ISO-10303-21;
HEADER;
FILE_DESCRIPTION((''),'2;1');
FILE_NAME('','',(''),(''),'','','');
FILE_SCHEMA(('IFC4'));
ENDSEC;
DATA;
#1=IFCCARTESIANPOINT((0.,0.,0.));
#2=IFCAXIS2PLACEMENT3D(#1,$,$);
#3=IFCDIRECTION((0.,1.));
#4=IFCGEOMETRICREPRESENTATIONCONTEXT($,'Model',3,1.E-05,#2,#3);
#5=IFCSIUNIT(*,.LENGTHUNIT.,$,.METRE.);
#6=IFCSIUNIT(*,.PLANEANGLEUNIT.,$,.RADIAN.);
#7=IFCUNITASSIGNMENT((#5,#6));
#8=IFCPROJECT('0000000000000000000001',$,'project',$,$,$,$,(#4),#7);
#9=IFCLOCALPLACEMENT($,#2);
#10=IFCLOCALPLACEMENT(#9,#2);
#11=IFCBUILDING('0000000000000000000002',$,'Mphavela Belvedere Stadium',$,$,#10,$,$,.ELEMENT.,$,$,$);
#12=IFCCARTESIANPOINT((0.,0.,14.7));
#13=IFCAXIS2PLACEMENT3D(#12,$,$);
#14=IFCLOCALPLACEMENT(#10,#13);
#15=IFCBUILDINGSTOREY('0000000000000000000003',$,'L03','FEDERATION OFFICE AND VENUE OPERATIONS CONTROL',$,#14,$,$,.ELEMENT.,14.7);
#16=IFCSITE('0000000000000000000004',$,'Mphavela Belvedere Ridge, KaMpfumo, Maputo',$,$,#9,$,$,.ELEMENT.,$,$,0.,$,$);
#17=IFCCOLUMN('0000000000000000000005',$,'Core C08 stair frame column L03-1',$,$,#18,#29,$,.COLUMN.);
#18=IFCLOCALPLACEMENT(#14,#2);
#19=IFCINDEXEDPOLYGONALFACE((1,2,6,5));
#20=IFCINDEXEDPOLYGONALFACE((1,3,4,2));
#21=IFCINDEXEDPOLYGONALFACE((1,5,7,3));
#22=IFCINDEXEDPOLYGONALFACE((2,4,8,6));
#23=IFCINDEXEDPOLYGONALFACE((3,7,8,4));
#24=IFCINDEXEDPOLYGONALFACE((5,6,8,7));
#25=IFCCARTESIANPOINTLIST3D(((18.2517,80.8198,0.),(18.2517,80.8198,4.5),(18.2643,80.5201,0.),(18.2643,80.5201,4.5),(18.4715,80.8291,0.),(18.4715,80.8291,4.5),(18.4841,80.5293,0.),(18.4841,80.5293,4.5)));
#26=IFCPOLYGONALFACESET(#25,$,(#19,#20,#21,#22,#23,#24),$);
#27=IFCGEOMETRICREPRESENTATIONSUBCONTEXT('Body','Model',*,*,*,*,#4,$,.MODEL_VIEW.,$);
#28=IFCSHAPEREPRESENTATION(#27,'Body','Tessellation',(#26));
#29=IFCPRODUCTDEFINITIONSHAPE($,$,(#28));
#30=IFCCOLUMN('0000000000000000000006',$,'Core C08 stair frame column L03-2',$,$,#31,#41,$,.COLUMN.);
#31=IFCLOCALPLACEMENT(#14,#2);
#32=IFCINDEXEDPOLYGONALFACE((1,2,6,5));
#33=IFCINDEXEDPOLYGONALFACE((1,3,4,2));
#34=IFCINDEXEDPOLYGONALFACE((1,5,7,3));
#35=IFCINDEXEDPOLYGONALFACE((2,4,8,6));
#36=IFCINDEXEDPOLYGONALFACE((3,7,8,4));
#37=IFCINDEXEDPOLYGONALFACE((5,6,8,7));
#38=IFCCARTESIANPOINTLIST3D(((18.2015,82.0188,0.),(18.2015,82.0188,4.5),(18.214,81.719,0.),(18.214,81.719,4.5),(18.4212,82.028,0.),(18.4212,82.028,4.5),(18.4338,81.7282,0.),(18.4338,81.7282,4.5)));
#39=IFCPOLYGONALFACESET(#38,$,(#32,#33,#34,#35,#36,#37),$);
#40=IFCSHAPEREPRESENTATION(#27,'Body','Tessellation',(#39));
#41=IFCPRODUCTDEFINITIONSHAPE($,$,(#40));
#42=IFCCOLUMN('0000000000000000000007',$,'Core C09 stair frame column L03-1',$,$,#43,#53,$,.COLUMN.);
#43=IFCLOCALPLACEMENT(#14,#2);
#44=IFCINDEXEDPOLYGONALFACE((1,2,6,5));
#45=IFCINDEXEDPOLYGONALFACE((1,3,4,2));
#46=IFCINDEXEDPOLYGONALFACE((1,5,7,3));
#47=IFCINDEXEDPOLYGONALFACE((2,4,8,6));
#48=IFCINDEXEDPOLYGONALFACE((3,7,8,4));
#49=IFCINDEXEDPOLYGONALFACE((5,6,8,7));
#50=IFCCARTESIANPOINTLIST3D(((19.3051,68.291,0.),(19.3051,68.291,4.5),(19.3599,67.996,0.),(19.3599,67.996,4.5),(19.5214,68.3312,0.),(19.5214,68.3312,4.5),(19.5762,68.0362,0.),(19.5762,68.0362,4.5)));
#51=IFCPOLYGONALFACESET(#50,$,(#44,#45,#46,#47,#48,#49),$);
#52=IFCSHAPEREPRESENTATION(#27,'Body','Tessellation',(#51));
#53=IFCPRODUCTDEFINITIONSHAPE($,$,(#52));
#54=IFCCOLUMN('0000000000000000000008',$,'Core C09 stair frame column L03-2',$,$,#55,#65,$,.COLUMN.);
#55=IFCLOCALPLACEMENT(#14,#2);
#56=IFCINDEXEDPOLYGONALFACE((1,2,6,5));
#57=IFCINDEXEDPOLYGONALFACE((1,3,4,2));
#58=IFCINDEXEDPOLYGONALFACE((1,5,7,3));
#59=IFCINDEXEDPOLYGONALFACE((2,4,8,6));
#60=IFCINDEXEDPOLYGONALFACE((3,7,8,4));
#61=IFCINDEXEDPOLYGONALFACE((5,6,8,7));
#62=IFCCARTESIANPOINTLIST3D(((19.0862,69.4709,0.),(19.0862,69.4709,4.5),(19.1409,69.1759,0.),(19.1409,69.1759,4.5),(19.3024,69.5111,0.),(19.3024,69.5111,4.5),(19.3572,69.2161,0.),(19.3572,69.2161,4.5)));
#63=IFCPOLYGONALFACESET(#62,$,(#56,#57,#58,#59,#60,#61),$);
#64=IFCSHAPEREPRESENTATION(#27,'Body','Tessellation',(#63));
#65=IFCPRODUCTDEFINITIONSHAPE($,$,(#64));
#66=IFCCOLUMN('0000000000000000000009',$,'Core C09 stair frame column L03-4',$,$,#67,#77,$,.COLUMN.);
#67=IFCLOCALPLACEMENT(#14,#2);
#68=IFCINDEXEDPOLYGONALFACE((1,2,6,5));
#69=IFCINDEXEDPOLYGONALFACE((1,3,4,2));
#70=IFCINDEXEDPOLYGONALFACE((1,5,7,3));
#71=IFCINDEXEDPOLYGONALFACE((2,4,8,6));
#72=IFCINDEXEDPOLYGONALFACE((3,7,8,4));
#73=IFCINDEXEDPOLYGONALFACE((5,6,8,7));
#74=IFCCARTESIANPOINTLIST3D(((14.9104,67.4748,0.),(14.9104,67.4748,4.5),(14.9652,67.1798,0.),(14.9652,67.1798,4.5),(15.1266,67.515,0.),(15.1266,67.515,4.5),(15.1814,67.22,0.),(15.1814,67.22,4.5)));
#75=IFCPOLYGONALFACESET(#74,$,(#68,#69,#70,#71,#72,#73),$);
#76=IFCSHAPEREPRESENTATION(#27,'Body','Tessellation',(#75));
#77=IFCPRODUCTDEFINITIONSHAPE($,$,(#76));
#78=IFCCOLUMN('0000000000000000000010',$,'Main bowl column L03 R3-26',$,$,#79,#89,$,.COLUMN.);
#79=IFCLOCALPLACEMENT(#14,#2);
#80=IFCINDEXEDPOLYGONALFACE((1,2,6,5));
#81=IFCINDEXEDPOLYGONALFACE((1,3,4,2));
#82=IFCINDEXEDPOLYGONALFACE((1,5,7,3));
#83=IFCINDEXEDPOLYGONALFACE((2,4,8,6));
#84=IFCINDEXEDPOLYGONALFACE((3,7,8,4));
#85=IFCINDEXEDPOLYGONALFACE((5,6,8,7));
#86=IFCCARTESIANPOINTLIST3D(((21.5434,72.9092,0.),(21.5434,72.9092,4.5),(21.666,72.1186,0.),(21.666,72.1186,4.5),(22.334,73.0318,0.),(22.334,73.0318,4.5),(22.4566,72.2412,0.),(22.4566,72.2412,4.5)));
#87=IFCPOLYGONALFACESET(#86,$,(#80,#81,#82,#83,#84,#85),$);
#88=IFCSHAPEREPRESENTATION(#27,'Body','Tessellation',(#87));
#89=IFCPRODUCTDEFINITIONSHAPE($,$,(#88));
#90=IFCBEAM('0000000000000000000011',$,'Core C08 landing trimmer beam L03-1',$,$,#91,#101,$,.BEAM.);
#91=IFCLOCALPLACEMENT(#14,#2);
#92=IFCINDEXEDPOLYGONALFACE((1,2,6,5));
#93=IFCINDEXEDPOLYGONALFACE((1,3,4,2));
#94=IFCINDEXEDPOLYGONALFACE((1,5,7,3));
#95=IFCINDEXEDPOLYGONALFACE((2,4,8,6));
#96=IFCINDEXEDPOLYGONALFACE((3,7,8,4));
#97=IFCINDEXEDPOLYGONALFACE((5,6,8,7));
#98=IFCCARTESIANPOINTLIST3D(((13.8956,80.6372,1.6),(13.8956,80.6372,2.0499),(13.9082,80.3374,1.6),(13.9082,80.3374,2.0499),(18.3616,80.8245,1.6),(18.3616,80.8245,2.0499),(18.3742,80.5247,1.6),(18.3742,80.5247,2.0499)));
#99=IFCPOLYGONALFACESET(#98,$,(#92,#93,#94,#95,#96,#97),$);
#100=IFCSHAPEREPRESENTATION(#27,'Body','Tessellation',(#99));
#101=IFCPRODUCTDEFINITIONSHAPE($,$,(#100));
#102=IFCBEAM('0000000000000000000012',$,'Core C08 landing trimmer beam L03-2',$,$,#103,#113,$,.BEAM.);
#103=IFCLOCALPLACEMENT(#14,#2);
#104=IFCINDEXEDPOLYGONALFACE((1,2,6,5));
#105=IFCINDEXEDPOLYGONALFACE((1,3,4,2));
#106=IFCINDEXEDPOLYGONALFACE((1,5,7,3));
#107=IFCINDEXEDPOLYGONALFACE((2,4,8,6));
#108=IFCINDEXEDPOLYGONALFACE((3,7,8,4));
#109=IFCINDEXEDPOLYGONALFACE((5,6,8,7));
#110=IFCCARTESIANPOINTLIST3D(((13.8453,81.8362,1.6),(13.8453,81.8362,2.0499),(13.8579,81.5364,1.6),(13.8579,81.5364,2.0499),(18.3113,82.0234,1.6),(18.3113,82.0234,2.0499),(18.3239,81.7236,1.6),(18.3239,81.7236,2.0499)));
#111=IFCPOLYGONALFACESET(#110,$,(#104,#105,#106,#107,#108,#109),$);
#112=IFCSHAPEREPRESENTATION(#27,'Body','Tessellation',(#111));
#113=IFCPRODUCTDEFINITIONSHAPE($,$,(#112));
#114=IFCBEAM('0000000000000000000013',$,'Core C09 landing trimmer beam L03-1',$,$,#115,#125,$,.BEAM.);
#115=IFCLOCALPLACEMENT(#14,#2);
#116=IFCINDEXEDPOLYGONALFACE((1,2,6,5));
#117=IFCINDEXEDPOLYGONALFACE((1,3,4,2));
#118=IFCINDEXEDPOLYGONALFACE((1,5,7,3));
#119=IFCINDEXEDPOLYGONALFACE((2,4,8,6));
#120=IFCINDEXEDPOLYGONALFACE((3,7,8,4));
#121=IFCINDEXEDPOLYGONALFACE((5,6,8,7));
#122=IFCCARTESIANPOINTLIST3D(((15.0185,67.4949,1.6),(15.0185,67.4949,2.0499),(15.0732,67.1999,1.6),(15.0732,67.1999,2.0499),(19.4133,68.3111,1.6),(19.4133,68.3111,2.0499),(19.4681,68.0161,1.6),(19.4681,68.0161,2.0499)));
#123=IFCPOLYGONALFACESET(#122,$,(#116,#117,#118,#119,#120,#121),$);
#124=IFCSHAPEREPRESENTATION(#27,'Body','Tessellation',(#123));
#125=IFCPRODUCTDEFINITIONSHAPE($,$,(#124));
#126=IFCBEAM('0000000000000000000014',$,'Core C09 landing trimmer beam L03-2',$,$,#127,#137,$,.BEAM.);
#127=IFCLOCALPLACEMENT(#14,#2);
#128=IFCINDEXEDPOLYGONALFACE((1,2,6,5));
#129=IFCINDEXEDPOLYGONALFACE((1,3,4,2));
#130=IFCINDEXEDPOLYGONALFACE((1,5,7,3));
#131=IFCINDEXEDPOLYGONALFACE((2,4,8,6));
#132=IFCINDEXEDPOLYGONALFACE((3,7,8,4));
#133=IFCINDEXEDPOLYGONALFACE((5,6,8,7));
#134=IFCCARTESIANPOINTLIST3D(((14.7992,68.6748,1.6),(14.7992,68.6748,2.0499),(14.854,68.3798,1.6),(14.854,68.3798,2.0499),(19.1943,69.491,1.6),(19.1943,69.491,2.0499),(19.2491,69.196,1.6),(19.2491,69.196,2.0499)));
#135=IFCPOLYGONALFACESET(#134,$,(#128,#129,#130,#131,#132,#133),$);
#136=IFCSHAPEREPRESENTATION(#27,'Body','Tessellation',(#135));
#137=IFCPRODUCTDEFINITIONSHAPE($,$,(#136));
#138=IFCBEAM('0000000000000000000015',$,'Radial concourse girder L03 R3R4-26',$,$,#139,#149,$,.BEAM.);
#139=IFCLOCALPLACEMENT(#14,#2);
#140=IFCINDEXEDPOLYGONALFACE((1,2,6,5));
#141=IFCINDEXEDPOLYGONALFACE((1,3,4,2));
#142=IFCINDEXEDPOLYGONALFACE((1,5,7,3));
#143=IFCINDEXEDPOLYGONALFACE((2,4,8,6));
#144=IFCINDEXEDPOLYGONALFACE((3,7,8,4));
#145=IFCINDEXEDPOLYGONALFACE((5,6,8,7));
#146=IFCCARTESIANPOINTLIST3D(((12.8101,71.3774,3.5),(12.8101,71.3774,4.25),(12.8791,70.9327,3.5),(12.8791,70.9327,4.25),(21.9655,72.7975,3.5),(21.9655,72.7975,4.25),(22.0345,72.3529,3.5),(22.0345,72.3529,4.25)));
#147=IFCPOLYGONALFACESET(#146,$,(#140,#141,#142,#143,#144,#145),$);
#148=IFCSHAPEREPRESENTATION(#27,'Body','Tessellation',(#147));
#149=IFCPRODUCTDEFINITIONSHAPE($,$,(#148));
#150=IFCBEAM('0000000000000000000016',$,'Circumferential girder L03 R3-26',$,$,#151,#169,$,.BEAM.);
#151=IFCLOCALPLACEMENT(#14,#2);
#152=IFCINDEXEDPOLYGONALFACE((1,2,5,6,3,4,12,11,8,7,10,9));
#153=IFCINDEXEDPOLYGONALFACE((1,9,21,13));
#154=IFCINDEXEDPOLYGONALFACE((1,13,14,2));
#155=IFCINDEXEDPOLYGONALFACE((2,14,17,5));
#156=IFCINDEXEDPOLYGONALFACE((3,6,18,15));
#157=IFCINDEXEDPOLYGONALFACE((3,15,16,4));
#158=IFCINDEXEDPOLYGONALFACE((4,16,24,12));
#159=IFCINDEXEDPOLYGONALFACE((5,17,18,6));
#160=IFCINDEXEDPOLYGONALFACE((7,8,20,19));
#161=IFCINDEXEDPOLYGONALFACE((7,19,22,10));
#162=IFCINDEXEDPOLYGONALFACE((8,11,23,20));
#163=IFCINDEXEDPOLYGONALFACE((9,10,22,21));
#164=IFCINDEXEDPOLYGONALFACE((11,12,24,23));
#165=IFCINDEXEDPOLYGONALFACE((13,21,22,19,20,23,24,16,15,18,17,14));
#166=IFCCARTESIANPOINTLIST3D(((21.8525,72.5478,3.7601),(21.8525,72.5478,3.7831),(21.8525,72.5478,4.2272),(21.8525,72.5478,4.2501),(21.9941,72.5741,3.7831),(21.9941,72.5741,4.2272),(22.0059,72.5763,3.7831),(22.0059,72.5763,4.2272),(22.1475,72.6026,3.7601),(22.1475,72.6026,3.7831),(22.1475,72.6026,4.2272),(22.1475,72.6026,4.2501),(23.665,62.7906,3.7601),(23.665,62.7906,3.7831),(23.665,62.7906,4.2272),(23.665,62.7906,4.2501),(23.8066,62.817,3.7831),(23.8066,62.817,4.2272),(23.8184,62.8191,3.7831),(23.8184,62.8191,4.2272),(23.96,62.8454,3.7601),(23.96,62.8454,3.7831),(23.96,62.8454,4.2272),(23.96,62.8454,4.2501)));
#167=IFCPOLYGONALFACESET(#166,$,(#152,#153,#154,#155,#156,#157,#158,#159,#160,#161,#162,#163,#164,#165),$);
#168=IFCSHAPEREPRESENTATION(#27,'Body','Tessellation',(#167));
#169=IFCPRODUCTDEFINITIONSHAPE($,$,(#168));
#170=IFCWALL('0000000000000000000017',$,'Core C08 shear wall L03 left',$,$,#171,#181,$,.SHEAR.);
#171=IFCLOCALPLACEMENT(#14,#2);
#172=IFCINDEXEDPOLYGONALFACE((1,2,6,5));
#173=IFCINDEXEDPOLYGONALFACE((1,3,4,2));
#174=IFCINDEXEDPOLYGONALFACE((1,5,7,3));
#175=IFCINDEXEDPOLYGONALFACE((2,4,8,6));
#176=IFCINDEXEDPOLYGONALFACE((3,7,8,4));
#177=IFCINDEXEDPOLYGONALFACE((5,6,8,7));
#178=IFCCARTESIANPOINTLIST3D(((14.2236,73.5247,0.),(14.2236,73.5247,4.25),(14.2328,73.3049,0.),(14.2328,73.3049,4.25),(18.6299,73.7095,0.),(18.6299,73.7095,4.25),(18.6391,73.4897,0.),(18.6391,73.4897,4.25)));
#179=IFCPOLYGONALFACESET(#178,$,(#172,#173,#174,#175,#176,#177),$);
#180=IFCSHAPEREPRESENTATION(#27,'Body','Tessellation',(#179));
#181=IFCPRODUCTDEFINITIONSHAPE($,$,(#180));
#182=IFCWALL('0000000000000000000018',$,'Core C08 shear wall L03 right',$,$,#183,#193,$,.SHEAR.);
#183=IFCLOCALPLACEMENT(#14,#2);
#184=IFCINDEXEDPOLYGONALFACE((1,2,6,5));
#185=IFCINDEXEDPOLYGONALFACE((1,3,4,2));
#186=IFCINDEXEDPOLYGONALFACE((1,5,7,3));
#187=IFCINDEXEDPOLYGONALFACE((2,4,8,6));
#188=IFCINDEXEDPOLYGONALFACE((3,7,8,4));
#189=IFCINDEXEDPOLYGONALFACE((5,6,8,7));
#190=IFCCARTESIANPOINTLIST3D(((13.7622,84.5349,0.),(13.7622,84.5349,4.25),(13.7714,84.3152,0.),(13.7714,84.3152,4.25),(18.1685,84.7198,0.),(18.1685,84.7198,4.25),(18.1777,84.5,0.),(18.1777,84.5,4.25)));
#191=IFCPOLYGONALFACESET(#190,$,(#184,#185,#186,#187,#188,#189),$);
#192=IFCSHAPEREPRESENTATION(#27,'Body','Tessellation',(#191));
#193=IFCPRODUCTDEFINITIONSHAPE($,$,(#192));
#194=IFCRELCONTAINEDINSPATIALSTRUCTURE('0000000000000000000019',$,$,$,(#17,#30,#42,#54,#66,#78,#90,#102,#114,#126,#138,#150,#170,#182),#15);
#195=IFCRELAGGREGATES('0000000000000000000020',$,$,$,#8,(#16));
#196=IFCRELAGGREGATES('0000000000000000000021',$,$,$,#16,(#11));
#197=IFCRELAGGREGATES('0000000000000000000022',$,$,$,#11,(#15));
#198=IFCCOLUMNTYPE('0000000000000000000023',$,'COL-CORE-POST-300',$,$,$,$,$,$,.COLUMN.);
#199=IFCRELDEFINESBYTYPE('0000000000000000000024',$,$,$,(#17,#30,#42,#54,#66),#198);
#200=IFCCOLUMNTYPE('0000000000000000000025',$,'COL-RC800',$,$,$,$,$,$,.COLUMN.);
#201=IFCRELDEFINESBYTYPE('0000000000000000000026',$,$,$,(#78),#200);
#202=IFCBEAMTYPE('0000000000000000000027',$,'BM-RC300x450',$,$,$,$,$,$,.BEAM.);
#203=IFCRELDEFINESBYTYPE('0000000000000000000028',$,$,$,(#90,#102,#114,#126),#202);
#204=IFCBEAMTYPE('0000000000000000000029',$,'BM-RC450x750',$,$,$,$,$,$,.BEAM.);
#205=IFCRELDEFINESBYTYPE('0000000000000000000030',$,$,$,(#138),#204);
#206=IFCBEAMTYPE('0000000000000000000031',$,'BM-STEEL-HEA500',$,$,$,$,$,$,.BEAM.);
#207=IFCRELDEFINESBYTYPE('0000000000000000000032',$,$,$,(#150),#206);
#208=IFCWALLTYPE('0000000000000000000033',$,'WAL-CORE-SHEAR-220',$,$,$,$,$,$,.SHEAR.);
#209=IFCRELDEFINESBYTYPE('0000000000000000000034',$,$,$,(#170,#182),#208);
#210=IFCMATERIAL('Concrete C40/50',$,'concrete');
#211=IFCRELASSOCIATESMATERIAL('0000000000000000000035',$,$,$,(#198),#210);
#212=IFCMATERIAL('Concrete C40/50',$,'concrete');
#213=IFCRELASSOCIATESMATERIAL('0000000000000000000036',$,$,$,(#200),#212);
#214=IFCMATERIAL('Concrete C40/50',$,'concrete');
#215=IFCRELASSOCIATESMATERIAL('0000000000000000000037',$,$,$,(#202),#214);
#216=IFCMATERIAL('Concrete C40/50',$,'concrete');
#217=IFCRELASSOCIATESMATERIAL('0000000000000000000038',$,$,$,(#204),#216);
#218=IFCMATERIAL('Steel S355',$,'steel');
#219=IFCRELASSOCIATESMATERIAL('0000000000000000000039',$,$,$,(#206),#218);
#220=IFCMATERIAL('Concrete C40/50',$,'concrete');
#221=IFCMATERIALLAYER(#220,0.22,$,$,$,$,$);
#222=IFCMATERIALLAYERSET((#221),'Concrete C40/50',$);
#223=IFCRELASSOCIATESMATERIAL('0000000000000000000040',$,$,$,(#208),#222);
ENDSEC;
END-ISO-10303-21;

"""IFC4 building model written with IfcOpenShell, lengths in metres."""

from ifc_helpers import new_model, si_unit, direction, frame, frame_2d, origin, origin_2d, place, context, subcontext, project, spatial, rectangle, i_section, extrude, material, layer, layer_set, material_profile, profile_set, type_object, element, save


model = new_model("IFC4")

# Units and contexts
model_context = context("Model", 3, precision=1e-05, world=origin(), true_north=direction((0.0, 1.0)))
body_context = subcontext(model_context, "Body", "Model", "MODEL_VIEW")
ifc_project = project(units=[si_unit("LENGTHUNIT", "METRE"), si_unit("PLANEANGLEUNIT", "RADIAN")], contexts=[model_context])

# Site, building, storey
site_placement = place(None, origin())
site = spatial("IfcSite", under=ifc_project, at=site_placement, Name="Mphavela Belvedere Ridge, KaMpfumo, Maputo", CompositionType="ELEMENT", RefElevation=0.0)
building_placement = place(site_placement, origin())
building = spatial("IfcBuilding", under=site, at=building_placement, Name="Mphavela Belvedere Stadium", CompositionType="ELEMENT")
storey_placement = place(building_placement, frame((0.0, 0.0, 14.7)))
storey = spatial("IfcBuildingStorey", under=building, at=storey_placement, Name="L03", Description="FEDERATION OFFICE AND VENUE OPERATIONS CONTROL", CompositionType="ELEMENT", Elevation=14.7)

# Columns
ifc_material_1 = material(Name="Concrete C40/50", Category="concrete")
ifc_material_profile_1 = material_profile(ifc_material_1, rectangle(XDim=0.3, YDim=0.22, at=origin_2d()), Name="RC 300x220")
ifc_profile_set_1 = profile_set([ifc_material_profile_1], Name="Concrete C40/50")
column_type_1 = type_object("IfcColumnType", Name="COL-CORE-POST-300", PredefinedType="COLUMN", material=ifc_profile_set_1)
for number, where, z_axis, x_axis, name in (
    (1, (18.3679, 80.6746, 0.0), (0.0, 0.0, 1.0), (-0.041876, 0.999123, 0.0), "Core C08 stair frame column L03-1"),
    (2, (18.3176, 81.8735, 0.0), (0.0, 0.0, 1.0), (-0.041876, 0.999123, 0.0), "Core C08 stair frame column L03-2"),
    (3, (19.4407, 68.1636, 0.0), (0.0, 0.0, 1.0), (-0.182579, 0.983191, 0.0), "Core C09 stair frame column L03-1"),
    (4, (19.2217, 69.3435, 0.0), (0.0, 0.0, 1.0), (-0.182579, 0.983191, 0.0), "Core C09 stair frame column L03-2"),
    (5, (15.0459, 67.3474, 0.0), (0.0, 0.0, 1.0), (-0.182579, 0.983191, 0.0), "Core C09 stair frame column L03-4"),
):
    element("IfcColumn", number, at=place(storey_placement, frame(where, z_axis=z_axis, x_axis=x_axis)), inside=storey, type_object=column_type_1, Name=name, PredefinedType="COLUMN", context=body_context, shape_type="SweptSolid", body=[
        extrude(rectangle(XDim=0.3, YDim=0.22, at=origin_2d()), origin(), (0.0, 0.0, 1.0), 4.5),
    ])
ifc_material_2 = material(Name="Concrete C40/50", Category="concrete")
ifc_material_profile_2 = material_profile(ifc_material_2, rectangle(XDim=0.8, YDim=0.8, at=origin_2d()), Name="RC 800x800")
ifc_profile_set_2 = profile_set([ifc_material_profile_2], Name="Concrete C40/50")
column_type_2 = type_object("IfcColumnType", Name="COL-RC800", PredefinedType="COLUMN", material=ifc_profile_set_2)
column_placement = place(storey_placement, frame((22.0, 72.5752, 0.0), z_axis=(0.0, 0.0, 1.0), x_axis=(-0.988175, -0.153331, 0.0)))
element("IfcColumn", 6, at=column_placement, inside=storey, type_object=column_type_2, Name="Main bowl column L03 R3-26", PredefinedType="COLUMN", context=body_context, shape_type="SweptSolid", body=[
    extrude(rectangle(XDim=0.8, YDim=0.8, at=origin_2d()), origin(), (0.0, 0.0, 1.0), 4.5),
])

# Beams
ifc_material_3 = material(Name="Concrete C40/50", Category="concrete")
ifc_material_profile_3 = material_profile(ifc_material_3, rectangle(XDim=0.3, YDim=0.45, at=origin_2d()), Name="RC 300x450")
ifc_profile_set_3 = profile_set([ifc_material_profile_3], Name="Concrete C40/50")
beam_type_1 = type_object("IfcBeamType", Name="BM-RC300x450", PredefinedType="BEAM", material=ifc_profile_set_3)
for number, where, z_axis, x_axis, name in (
    (7, (18.3679, 80.6746, 1.825), (-0.999122, -0.041892, 0.0), (0.041892, -0.999122, 0.0), "Core C08 landing trimmer beam L03-1"),
    (8, (18.3176, 81.8735, 1.825), (-0.999122, -0.041892, 0.0), (0.041892, -0.999122, 0.0), "Core C08 landing trimmer beam L03-2"),
    (9, (19.4407, 68.1636, 1.825), (-0.983189, -0.18259, 0.0), (0.18259, -0.983189, 0.0), "Core C09 landing trimmer beam L03-1"),
):
    element("IfcBeam", number, at=place(storey_placement, frame(where, z_axis=z_axis, x_axis=x_axis)), inside=storey, type_object=beam_type_1, Name=name, PredefinedType="BEAM", context=body_context, shape_type="SweptSolid", body=[
        extrude(rectangle(XDim=0.3, YDim=0.45, at=origin_2d()), origin(), (0.0, 0.0, 1.0), 4.47),
    ])
beam_1_placement = place(storey_placement, frame((19.2217, 69.3435, 1.825), z_axis=(-0.983191, -0.18258, 0.0), x_axis=(0.18258, -0.983191, 0.0)))
element("IfcBeam", 10, at=beam_1_placement, inside=storey, type_object=beam_type_1, Name="Core C09 landing trimmer beam L03-2", PredefinedType="BEAM", context=body_context, shape_type="SweptSolid", body=[
    extrude(rectangle(XDim=0.3, YDim=0.45, at=origin_2d()), origin(), (0.0, 0.0, 1.0), 4.4702),
])
ifc_material_4 = material(Name="Concrete C40/50", Category="concrete")
ifc_material_profile_4 = material_profile(ifc_material_4, rectangle(XDim=0.45, YDim=0.75, at=origin_2d()), Name="RC 450x750")
ifc_profile_set_4 = profile_set([ifc_material_profile_4], Name="Concrete C40/50")
beam_type_2 = type_object("IfcBeamType", Name="BM-RC450x750", PredefinedType="BEAM", material=ifc_profile_set_4)
beam_2_placement = place(storey_placement, frame((22.0, 72.5752, 3.875), z_axis=(-0.988182, -0.153283, 0.0), x_axis=(0.153283, -0.988182, 0.0)))
element("IfcBeam", 11, at=beam_2_placement, inside=storey, type_object=beam_type_2, Name="Radial concourse girder L03 R3R4-26", PredefinedType="BEAM", context=body_context, shape_type="SweptSolid", body=[
    extrude(rectangle(XDim=0.45, YDim=0.75, at=origin_2d()), origin(), (0.0, 0.0, 1.0), 9.2649),
])
ifc_material_5 = material(Name="Steel S355", Category="steel")
ifc_material_profile_5 = material_profile(ifc_material_5, i_section(OverallWidth=0.3, OverallDepth=0.49, WebThickness=0.012, FlangeThickness=0.0229, at=origin_2d()), Name="HEA 500")
ifc_profile_set_5 = profile_set([ifc_material_profile_5], Name="Steel S355")
beam_type_3 = type_object("IfcBeamType", Name="BM-STEEL-HEA500", PredefinedType="BEAM", material=ifc_profile_set_5)
beam_3_placement = place(storey_placement, frame((22.0, 72.5752, 4.0051), z_axis=(0.182638, -0.98318, 0.0), x_axis=(0.98318, 0.182638, 0.0)))
element("IfcBeam", 12, at=beam_3_placement, inside=storey, type_object=beam_type_3, Name="Circumferential girder L03 R3-26", PredefinedType="BEAM", context=body_context, shape_type="SweptSolid", body=[
    extrude(i_section(OverallWidth=0.3, OverallDepth=0.49, WebThickness=0.012, FlangeThickness=0.0229, at=origin_2d()), origin(), (0.0, 0.0, 1.0), 9.9241),
])

# Walls
ifc_material_6 = material(Name="Concrete C40/50", Category="concrete")
ifc_layer_1 = layer(ifc_material_6, 0.22)
ifc_layer_set_1 = layer_set([ifc_layer_1], Name="Concrete C40/50")
wall_type_1 = type_object("IfcWallType", Name="WAL-CORE-SHEAR-220", PredefinedType="SHEAR", material=ifc_layer_set_1)
for number, where, z_axis, x_axis, name in (
    (13, (18.6345, 73.5996, 0.0), (0.0, 0.0, 1.0), (-0.999122, -0.041907, 0.0), "Core C08 shear wall L03 left"),
    (14, (18.1731, 84.6099, 0.0), (0.0, 0.0, 1.0), (-0.999122, -0.041907, 0.0), "Core C08 shear wall L03 right"),
):
    element("IfcWall", number, at=place(storey_placement, frame(where, z_axis=z_axis, x_axis=x_axis)), inside=storey, type_object=wall_type_1, Name=name, PredefinedType="SHEAR", context=body_context, shape_type="SweptSolid", body=[
        extrude(rectangle(XDim=4.4102, YDim=0.22, at=frame_2d((2.2051, 0.0))), origin(), (0.0, 0.0, 1.0), 4.25),
    ])

save(model, "model.ifc")
